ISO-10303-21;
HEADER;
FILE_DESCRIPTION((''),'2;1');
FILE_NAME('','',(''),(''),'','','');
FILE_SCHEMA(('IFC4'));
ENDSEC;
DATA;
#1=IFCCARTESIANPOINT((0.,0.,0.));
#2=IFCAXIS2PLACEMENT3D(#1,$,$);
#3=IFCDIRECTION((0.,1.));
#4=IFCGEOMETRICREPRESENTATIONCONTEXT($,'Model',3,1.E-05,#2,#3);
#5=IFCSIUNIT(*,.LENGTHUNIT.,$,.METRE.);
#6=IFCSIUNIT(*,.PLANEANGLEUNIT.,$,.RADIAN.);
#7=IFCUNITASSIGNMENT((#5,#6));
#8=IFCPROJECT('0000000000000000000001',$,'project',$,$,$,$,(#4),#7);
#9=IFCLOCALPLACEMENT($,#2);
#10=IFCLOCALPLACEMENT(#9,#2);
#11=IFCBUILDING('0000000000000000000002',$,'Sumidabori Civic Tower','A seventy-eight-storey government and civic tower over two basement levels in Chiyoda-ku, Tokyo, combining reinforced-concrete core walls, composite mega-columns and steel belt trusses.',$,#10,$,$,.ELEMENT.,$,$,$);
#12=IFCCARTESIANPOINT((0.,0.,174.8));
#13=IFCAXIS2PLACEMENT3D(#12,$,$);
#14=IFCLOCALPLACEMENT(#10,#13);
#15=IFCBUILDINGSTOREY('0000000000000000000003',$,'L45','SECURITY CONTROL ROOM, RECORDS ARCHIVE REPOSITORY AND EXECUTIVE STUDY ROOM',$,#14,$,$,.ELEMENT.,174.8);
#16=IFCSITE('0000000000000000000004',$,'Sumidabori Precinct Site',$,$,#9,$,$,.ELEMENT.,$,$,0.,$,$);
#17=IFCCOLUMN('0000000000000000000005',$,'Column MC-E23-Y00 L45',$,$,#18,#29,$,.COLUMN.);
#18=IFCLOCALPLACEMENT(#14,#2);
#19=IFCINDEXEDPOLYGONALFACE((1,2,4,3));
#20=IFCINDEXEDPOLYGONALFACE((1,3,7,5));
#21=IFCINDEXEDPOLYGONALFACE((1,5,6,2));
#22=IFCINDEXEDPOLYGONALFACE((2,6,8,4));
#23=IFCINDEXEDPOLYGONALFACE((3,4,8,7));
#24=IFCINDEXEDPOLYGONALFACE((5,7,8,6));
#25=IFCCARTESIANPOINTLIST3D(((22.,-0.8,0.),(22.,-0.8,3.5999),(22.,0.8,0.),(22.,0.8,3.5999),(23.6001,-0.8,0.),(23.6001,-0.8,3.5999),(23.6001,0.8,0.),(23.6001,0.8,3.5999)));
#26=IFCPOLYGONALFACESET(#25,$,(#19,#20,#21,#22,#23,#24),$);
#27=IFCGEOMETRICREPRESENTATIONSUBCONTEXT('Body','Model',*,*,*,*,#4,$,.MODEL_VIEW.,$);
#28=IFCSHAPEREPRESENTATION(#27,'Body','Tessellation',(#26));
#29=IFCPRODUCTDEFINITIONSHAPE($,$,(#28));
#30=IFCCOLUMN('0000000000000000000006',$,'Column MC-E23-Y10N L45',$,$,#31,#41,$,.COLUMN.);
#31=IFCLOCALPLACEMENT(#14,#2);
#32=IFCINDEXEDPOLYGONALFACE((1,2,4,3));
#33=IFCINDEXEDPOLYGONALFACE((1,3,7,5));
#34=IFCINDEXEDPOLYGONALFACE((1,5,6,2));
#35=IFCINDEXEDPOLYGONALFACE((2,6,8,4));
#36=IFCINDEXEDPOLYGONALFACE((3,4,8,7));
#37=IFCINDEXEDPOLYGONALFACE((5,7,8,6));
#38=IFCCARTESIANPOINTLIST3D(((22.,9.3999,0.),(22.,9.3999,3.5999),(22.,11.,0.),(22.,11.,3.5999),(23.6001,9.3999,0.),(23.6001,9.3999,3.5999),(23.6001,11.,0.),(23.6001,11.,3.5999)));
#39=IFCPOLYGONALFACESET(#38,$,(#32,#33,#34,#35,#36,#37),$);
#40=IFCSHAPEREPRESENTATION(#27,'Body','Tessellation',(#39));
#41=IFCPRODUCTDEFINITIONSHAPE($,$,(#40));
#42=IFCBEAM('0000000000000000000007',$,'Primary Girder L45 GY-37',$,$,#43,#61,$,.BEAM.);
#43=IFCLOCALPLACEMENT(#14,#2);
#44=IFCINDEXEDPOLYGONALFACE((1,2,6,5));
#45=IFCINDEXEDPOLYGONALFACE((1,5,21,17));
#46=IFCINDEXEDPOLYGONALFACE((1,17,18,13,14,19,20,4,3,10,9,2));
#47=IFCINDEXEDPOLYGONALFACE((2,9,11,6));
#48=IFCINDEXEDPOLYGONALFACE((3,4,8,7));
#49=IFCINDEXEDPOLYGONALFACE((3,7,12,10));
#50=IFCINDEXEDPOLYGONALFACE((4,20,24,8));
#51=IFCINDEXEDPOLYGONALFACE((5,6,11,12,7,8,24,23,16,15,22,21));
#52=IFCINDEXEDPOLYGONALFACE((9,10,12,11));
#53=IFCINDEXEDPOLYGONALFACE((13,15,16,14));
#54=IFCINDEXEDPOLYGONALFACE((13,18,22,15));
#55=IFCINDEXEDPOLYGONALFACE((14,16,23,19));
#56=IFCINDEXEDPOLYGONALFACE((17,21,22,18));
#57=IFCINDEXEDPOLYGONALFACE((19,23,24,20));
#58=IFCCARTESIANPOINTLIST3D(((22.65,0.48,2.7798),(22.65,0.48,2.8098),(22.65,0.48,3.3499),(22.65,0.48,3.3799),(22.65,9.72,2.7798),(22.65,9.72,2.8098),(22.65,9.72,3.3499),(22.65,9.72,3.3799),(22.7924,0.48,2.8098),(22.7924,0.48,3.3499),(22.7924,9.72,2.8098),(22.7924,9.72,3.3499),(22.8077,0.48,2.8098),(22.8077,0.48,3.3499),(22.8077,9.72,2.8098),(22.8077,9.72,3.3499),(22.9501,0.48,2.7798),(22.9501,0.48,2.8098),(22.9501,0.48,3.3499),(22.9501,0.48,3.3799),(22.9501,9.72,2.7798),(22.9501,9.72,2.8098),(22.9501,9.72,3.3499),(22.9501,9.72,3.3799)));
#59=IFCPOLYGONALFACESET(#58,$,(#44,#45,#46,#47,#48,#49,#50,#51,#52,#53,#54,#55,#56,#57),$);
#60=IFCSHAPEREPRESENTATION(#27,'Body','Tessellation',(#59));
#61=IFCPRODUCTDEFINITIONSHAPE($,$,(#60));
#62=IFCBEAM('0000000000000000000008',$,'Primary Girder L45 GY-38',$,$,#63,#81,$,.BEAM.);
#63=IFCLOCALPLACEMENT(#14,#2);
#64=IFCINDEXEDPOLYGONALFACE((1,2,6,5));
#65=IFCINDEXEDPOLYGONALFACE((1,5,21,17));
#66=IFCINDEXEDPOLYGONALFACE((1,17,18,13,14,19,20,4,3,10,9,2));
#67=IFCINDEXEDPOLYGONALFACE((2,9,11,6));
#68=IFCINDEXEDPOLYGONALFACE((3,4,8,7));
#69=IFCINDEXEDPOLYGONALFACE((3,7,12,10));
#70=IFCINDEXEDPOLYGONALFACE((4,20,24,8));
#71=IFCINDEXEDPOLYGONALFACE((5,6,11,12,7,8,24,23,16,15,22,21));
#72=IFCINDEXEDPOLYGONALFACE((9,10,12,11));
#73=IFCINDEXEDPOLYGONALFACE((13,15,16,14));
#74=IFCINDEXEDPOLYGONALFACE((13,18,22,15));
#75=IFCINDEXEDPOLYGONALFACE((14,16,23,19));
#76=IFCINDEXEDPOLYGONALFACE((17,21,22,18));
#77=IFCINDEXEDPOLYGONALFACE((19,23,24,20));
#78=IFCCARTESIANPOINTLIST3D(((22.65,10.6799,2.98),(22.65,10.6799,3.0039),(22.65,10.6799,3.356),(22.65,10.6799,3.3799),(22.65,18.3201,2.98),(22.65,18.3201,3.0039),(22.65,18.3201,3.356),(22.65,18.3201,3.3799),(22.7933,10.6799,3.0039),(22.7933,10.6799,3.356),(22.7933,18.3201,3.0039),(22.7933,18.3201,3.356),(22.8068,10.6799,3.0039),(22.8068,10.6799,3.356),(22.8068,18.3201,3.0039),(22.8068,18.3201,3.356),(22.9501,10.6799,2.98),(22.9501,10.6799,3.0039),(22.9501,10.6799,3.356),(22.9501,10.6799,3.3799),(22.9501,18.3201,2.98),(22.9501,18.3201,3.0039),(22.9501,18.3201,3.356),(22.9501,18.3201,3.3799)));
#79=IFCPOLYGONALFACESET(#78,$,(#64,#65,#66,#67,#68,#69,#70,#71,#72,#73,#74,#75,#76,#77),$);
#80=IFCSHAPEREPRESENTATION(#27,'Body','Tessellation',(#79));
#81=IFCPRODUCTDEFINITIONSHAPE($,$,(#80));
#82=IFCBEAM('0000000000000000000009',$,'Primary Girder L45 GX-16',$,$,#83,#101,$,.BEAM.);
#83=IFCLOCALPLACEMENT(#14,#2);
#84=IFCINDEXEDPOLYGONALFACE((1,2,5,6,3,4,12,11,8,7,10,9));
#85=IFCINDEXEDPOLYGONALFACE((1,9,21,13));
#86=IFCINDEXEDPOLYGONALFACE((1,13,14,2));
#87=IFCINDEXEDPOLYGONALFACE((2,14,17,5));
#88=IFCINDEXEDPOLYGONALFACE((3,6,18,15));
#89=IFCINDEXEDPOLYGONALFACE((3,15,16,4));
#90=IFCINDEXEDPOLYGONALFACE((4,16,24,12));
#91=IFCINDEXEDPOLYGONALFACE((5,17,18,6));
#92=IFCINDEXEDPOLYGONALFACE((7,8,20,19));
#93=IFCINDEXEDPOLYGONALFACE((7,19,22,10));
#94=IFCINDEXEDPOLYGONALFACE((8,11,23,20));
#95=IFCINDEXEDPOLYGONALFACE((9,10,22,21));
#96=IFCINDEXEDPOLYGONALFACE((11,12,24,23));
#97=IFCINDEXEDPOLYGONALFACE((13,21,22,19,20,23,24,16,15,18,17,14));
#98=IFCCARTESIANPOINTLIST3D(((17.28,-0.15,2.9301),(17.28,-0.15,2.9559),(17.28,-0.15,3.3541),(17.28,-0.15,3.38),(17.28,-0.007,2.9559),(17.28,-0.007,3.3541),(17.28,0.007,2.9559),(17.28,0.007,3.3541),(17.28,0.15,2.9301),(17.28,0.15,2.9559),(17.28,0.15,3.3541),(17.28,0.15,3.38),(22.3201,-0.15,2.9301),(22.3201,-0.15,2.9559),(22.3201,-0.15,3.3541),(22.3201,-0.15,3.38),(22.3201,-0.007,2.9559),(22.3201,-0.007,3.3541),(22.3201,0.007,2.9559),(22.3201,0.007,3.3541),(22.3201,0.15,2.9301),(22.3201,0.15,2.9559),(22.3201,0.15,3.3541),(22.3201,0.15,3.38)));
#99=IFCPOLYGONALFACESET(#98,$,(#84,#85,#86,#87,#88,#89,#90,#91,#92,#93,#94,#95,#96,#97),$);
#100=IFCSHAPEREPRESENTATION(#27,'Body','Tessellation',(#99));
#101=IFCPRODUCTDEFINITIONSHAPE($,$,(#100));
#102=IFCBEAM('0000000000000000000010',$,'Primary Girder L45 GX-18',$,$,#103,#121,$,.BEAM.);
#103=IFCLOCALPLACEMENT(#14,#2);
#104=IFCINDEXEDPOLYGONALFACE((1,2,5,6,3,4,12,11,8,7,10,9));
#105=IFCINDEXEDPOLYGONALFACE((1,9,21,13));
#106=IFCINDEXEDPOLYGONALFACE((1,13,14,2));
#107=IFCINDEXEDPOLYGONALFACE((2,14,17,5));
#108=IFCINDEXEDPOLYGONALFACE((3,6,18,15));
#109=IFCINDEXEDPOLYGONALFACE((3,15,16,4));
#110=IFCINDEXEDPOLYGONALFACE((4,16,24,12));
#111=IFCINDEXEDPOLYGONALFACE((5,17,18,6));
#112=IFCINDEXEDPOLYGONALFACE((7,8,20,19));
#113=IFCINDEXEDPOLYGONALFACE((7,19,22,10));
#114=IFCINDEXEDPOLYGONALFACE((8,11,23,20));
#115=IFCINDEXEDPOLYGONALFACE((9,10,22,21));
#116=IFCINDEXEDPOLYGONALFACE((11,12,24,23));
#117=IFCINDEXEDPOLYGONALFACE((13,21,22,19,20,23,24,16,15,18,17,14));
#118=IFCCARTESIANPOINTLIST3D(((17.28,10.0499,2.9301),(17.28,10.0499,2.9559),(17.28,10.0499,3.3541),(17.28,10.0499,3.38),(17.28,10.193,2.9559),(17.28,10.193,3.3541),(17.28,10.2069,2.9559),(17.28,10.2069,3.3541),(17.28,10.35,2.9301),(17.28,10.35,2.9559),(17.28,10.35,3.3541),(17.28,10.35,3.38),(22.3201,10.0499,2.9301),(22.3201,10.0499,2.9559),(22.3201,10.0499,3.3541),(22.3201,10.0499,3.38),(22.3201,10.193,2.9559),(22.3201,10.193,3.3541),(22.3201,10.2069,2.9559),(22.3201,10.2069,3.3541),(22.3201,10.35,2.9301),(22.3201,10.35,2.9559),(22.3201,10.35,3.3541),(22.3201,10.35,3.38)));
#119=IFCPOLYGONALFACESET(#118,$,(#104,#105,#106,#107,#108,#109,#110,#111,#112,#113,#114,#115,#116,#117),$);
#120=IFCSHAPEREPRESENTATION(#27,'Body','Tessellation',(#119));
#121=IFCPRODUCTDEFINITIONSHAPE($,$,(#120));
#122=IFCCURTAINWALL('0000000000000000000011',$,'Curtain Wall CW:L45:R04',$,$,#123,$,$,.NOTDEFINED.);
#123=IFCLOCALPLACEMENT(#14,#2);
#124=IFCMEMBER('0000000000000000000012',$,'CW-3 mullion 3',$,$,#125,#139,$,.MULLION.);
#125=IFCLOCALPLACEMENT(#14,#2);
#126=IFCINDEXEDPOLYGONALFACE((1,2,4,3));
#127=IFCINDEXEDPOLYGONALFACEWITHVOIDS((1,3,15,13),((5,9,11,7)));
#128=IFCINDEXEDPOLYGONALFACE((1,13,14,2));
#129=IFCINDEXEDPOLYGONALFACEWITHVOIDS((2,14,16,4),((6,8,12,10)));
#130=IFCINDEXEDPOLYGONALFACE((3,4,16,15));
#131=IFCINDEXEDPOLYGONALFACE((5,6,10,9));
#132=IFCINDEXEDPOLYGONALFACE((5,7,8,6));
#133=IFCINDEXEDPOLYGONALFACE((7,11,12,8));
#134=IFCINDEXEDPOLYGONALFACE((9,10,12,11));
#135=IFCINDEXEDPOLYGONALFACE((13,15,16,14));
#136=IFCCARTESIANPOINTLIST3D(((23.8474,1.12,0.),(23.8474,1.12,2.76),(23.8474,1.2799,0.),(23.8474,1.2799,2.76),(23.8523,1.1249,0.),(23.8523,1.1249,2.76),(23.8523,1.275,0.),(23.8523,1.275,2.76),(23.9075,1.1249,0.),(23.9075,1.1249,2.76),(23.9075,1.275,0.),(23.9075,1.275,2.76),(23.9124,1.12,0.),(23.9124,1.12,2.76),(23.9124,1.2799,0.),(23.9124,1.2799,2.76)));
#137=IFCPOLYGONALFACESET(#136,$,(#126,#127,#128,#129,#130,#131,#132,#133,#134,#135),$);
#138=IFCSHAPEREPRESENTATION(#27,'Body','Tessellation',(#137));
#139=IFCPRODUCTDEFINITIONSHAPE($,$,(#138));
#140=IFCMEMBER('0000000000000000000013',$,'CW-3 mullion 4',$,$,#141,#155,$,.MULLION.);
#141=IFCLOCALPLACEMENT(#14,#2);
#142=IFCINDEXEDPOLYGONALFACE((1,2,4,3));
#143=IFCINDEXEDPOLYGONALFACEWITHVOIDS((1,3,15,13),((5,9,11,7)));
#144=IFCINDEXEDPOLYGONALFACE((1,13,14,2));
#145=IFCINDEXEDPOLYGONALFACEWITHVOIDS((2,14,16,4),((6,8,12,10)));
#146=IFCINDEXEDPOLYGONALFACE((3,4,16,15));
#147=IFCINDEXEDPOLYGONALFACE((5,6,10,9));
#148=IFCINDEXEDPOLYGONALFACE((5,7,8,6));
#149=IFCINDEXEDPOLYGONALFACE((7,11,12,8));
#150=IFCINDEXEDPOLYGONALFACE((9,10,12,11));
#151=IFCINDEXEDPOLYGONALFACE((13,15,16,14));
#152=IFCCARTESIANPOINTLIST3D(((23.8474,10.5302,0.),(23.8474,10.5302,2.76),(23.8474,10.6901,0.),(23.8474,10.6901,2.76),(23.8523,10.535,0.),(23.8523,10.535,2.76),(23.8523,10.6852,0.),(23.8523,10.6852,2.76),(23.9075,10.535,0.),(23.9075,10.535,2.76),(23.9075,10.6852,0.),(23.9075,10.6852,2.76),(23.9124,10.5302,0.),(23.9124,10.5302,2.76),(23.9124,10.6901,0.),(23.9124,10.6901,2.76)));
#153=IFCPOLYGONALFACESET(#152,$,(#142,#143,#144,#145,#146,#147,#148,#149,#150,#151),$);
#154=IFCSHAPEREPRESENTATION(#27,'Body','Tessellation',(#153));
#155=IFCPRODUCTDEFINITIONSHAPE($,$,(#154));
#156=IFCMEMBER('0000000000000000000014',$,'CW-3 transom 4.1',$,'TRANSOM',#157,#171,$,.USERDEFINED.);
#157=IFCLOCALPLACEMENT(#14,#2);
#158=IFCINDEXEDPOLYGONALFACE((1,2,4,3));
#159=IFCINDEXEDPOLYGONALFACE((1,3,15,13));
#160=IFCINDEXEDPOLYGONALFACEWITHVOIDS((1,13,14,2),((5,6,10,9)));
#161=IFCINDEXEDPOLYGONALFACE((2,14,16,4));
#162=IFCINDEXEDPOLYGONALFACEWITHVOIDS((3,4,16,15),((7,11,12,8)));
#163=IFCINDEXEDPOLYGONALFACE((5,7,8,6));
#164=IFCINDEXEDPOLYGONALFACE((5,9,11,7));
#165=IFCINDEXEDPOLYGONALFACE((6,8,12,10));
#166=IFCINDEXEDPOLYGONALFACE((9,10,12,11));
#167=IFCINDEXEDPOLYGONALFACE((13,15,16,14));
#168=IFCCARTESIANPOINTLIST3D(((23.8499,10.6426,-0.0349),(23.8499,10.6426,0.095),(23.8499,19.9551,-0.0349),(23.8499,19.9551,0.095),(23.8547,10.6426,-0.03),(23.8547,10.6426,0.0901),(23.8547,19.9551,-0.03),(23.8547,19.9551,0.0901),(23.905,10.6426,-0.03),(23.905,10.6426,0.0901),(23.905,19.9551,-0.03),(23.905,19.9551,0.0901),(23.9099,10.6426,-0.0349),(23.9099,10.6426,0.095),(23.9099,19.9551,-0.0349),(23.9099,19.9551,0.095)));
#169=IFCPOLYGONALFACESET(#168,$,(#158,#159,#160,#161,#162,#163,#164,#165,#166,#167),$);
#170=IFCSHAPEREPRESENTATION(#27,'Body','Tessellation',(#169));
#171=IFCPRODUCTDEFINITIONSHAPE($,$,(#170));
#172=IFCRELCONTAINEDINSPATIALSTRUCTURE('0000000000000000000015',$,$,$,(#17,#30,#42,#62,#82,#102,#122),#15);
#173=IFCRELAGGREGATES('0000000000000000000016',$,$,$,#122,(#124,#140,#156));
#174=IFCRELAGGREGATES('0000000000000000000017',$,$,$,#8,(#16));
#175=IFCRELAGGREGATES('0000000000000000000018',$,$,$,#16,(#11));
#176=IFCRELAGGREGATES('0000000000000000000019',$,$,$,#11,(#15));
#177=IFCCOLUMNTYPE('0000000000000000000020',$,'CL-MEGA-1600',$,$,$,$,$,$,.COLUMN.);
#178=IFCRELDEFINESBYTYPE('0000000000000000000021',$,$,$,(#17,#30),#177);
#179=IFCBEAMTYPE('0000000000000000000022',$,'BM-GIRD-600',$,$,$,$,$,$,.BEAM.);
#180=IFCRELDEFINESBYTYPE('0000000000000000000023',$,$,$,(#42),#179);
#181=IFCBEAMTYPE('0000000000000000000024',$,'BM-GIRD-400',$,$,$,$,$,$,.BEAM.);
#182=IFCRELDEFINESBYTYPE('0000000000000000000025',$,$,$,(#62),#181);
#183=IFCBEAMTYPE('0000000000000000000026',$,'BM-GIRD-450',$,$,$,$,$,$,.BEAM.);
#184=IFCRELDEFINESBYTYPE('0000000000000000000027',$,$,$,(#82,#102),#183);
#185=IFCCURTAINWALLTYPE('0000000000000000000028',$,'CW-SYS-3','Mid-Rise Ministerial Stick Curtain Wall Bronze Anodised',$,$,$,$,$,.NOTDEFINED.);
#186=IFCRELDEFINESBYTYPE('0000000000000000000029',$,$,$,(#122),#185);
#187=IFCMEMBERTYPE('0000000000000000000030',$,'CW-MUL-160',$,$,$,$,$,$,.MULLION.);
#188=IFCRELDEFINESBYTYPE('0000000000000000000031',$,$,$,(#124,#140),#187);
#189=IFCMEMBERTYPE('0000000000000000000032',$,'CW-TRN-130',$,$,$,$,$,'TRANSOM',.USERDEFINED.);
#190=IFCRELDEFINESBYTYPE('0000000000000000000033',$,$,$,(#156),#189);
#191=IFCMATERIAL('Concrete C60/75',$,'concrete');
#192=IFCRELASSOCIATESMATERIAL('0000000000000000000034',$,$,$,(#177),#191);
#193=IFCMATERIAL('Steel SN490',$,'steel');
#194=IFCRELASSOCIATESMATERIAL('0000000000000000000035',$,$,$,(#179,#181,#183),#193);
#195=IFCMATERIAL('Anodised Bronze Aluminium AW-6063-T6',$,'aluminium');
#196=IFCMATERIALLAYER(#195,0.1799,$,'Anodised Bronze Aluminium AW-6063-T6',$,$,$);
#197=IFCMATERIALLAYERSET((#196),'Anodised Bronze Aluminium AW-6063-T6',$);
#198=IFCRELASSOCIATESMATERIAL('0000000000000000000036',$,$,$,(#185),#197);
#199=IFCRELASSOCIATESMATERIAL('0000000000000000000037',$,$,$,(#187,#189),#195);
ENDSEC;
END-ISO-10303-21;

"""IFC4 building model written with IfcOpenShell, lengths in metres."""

from ifc_helpers import new_model, si_unit, direction, frame, origin, origin_2d, place, context, subcontext, project, spatial, rectangle, hollow_rectangle, i_section, extrude, source, transform, mapped, material, layer, layer_set, material_profile, profile_set, type_object, element, aggregate, save


model = new_model("IFC4")

# Units and contexts
model_context = context("Model", 3, precision=1e-05, world=origin(), true_north=direction((0.0, 1.0)))
body_context = subcontext(model_context, "Body", "Model", "MODEL_VIEW")
ifc_project = project(units=[si_unit("LENGTHUNIT", "METRE"), si_unit("PLANEANGLEUNIT", "RADIAN")], contexts=[model_context])

# Site, building, storey
site_placement = place(None, origin())
site = spatial("IfcSite", under=ifc_project, at=site_placement, Name="Sumidabori Precinct Site", CompositionType="ELEMENT", RefElevation=0.0)
building_placement = place(site_placement, origin())
building = spatial("IfcBuilding", under=site, at=building_placement, Name="Sumidabori Civic Tower", Description="A seventy-eight-storey government and civic tower over two basement levels in Chiyoda-ku, Tokyo, combining reinforced-concrete core walls, composite mega-columns and steel belt trusses.", CompositionType="ELEMENT")
storey_placement = place(building_placement, frame((0.0, 0.0, 174.8)))
storey = spatial("IfcBuildingStorey", under=building, at=storey_placement, Name="L45", Description="SECURITY CONTROL ROOM, RECORDS ARCHIVE REPOSITORY AND EXECUTIVE STUDY ROOM", CompositionType="ELEMENT", Elevation=174.8)

# Columns
ifc_material_1 = material(Name="Concrete C60/75", Category="concrete")
ifc_material_profile_1 = material_profile(ifc_material_1, rectangle(XDim=1.6001, YDim=1.6001, at=origin_2d()), Name="RC 1600x1600")
ifc_profile_set_1 = profile_set([ifc_material_profile_1], Name="Concrete C60/75")
column_type = type_object("IfcColumnType", Name="CL-MEGA-1600", PredefinedType="COLUMN", material=ifc_profile_set_1)
shared_shape_1 = source(origin(), body_context, "Body", "SweptSolid", [
    extrude(rectangle(XDim=1.6001, YDim=1.6001, at=origin_2d()), origin(), (0.0, 0.0, 1.0), 3.5999),
])
for number, where, z_axis, x_axis, name in (
    (1, (22.8, 0.0, 0.0), (0.0, 0.0, 1.0), (1.0, 0.0, 0.0), "Column MC-E23-Y00 L45"),
    (2, (22.8, 10.2, 0.0), (0.0, 0.0, 1.0), (1.0, 0.0, 0.0), "Column MC-E23-Y10N L45"),
):
    element("IfcColumn", number, at=place(storey_placement, frame(where, z_axis=z_axis, x_axis=x_axis)), inside=storey, type_object=column_type, Name=name, PredefinedType="COLUMN", context=body_context, shape_type="MappedRepresentation", body=[
        mapped(shared_shape_1, transform((0.0, 0.0, 0.0), x_axis=(1.0, 0.0, 0.0), y_axis=(0.0, 1.0, 0.0), z_axis=(0.0, 0.0, 1.0), scale=1.0)),
    ])

# Beams
ifc_material_2 = material(Name="Steel SN490", Category="steel")
ifc_material_profile_2 = material_profile(ifc_material_2, i_section(OverallWidth=0.3, OverallDepth=0.6001, WebThickness=0.0154, FlangeThickness=0.03, at=origin_2d()), Name="HE 600 B")
ifc_profile_set_2 = profile_set([ifc_material_profile_2], Name="Steel SN490")
beam_type_1 = type_object("IfcBeamType", Name="BM-GIRD-600", PredefinedType="BEAM", material=ifc_profile_set_2)
shared_shape_2 = source(origin(), body_context, "Body", "SweptSolid", [
    extrude(i_section(OverallWidth=0.3, OverallDepth=0.6001, WebThickness=0.0154, FlangeThickness=0.03, at=origin_2d()), origin(), (0.0, 0.0, 1.0), 9.24),
])
beam_1_placement = place(storey_placement, frame((22.8, 0.48, 3.0798), z_axis=(0.0, 1.0, 0.0), x_axis=(-1.0, 0.0, 0.0)))
element("IfcBeam", 3, at=beam_1_placement, inside=storey, type_object=beam_type_1, Name="Primary Girder L45 GY-37", PredefinedType="BEAM", context=body_context, shape_type="MappedRepresentation", body=[
    mapped(shared_shape_2, transform((0.0, 0.0, 0.0), x_axis=(1.0, 0.0, 0.0), y_axis=(0.0, 1.0, 0.0), z_axis=(0.0, 0.0, 1.0), scale=1.0)),
])
ifc_material_profile_3 = material_profile(ifc_material_2, i_section(OverallWidth=0.3, OverallDepth=0.3999, WebThickness=0.0134, FlangeThickness=0.0239, at=origin_2d()), Name="HE 400 B")
ifc_profile_set_3 = profile_set([ifc_material_profile_3], Name="Steel SN490")
beam_type_2 = type_object("IfcBeamType", Name="BM-GIRD-400", PredefinedType="BEAM", material=ifc_profile_set_3)
shared_shape_3 = source(origin(), body_context, "Body", "SweptSolid", [
    extrude(i_section(OverallWidth=0.3, OverallDepth=0.3999, WebThickness=0.0134, FlangeThickness=0.0239, at=origin_2d()), origin(), (0.0, 0.0, 1.0), 7.6401),
])
beam_2_placement = place(storey_placement, frame((22.8, 10.6799, 3.1799), z_axis=(0.0, 1.0, 0.0), x_axis=(-1.0, 0.0, 0.0)))
element("IfcBeam", 4, at=beam_2_placement, inside=storey, type_object=beam_type_2, Name="Primary Girder L45 GY-38", PredefinedType="BEAM", context=body_context, shape_type="MappedRepresentation", body=[
    mapped(shared_shape_3, transform((0.0, 0.0, 0.0), x_axis=(1.0, 0.0, 0.0), y_axis=(0.0, 1.0, 0.0), z_axis=(0.0, 0.0, 1.0), scale=1.0)),
])
ifc_material_profile_4 = material_profile(ifc_material_2, i_section(OverallWidth=0.3, OverallDepth=0.45, WebThickness=0.0139, FlangeThickness=0.0259, at=origin_2d()), Name="HE 450 B")
ifc_profile_set_4 = profile_set([ifc_material_profile_4], Name="Steel SN490")
beam_type_3 = type_object("IfcBeamType", Name="BM-GIRD-450", PredefinedType="BEAM", material=ifc_profile_set_4)
shared_shape_4 = source(origin(), body_context, "Body", "SweptSolid", [
    extrude(i_section(OverallWidth=0.3, OverallDepth=0.45, WebThickness=0.0139, FlangeThickness=0.0259, at=origin_2d()), origin(), (0.0, 0.0, 1.0), 5.04),
])
for number, where, z_axis, x_axis, name in (
    (5, (17.28, 0.0, 3.155), (1.0, 0.0, 0.0), (0.0, 1.0, 0.0), "Primary Girder L45 GX-16"),
    (6, (17.28, 10.2, 3.155), (1.0, 0.0, 0.0), (0.0, 1.0, 0.0), "Primary Girder L45 GX-18"),
):
    element("IfcBeam", number, at=place(storey_placement, frame(where, z_axis=z_axis, x_axis=x_axis)), inside=storey, type_object=beam_type_3, Name=name, PredefinedType="BEAM", context=body_context, shape_type="MappedRepresentation", body=[
        mapped(shared_shape_4, transform((0.0, 0.0, 0.0), x_axis=(1.0, 0.0, 0.0), y_axis=(0.0, 1.0, 0.0), z_axis=(0.0, 0.0, 1.0), scale=1.0)),
    ])

# Curtain wall, members
ifc_material_3 = material(Name="Anodised Bronze Aluminium AW-6063-T6", Category="aluminium")
ifc_layer_1 = layer(ifc_material_3, 0.1799, Name="Anodised Bronze Aluminium AW-6063-T6")
ifc_layer_set_1 = layer_set([ifc_layer_1], Name="Anodised Bronze Aluminium AW-6063-T6")
curtain_wall_type = type_object("IfcCurtainWallType", Name="CW-SYS-3", Description="Mid-Rise Ministerial Stick Curtain Wall Bronze Anodised", PredefinedType="NOTDEFINED", material=ifc_layer_set_1)
curtain_wall_placement = place(storey_placement, origin())
curtain_wall = element("IfcCurtainWall", 7, at=curtain_wall_placement, inside=storey, type_object=curtain_wall_type, Name="Curtain Wall CW:L45:R04", PredefinedType="NOTDEFINED")
ifc_material_profile_5 = material_profile(ifc_material_3, hollow_rectangle(XDim=0.0649, YDim=0.1599, WallThickness=0.0049, at=origin_2d()), Name="ALU MULLION 160x65")
ifc_profile_set_5 = profile_set([ifc_material_profile_5], Name="Anodised Bronze Aluminium AW-6063-T6")
member_type_1 = type_object("IfcMemberType", Name="CW-MUL-160", PredefinedType="MULLION", material=ifc_profile_set_5)
shared_shape_5 = source(origin(), body_context, "Body", "SweptSolid", [
    extrude(hollow_rectangle(XDim=0.0649, YDim=0.1599, WallThickness=0.0049, at=origin_2d()), origin(), (0.0, 0.0, 1.0), 2.76),
])
member_1_placement = place(storey_placement, frame((23.8799, 1.2, 0.0), z_axis=(0.0, 0.0, 1.0), x_axis=(-1.0, 0.0, 0.0)))
member_1 = element("IfcMember", 8, at=member_1_placement, type_object=member_type_1, Name="CW-3 mullion 3", PredefinedType="MULLION", context=body_context, shape_type="MappedRepresentation", body=[
    mapped(shared_shape_5, transform((0.0, 0.0, 0.0), x_axis=(1.0, 0.0, 0.0), y_axis=(0.0, 1.0, 0.0), z_axis=(0.0, 0.0, 1.0), scale=1.0)),
])
member_2_placement = place(storey_placement, frame((23.8799, 10.6101, 0.0), z_axis=(0.0, 0.0, 1.0), x_axis=(-1.0, 0.0, 0.0)))
member_2 = element("IfcMember", 9, at=member_2_placement, type_object=member_type_1, Name="CW-3 mullion 4", PredefinedType="MULLION", context=body_context, shape_type="MappedRepresentation", body=[
    mapped(shared_shape_5, transform((0.0, 0.0, 0.0), x_axis=(1.0, 0.0, 0.0), y_axis=(0.0, 1.0, 0.0), z_axis=(0.0, 0.0, 1.0), scale=1.0)),
])
ifc_material_profile_6 = material_profile(ifc_material_3, hollow_rectangle(XDim=0.0601, YDim=0.1299, WallThickness=0.0049, at=origin_2d()), Name="ALU TRANSOM 130x60")
ifc_profile_set_6 = profile_set([ifc_material_profile_6], Name="Anodised Bronze Aluminium AW-6063-T6")
member_type_2 = type_object("IfcMemberType", Name="CW-TRN-130", ElementType="TRANSOM", PredefinedType="USERDEFINED", material=ifc_profile_set_6)
shared_shape_6 = source(origin(), body_context, "Body", "SweptSolid", [
    extrude(hollow_rectangle(XDim=0.0601, YDim=0.1299, WallThickness=0.0049, at=origin_2d()), origin(), (0.0, 0.0, 1.0), 9.3125),
])
member_3_placement = place(storey_placement, frame((23.8799, 10.6426, 0.03), z_axis=(0.0, 1.0, 0.0), x_axis=(-1.0, 0.0, 0.0)))
member_3 = element("IfcMember", 10, at=member_3_placement, type_object=member_type_2, Name="CW-3 transom 4.1", ObjectType="TRANSOM", PredefinedType="USERDEFINED", context=body_context, shape_type="MappedRepresentation", body=[
    mapped(shared_shape_6, transform((0.0, 0.0, 0.0), x_axis=(1.0, 0.0, 0.0), y_axis=(0.0, 1.0, 0.0), z_axis=(0.0, 0.0, 1.0), scale=1.0)),
])
aggregate(curtain_wall, [member_1, member_2, member_3])

save(model, "model.ifc")
